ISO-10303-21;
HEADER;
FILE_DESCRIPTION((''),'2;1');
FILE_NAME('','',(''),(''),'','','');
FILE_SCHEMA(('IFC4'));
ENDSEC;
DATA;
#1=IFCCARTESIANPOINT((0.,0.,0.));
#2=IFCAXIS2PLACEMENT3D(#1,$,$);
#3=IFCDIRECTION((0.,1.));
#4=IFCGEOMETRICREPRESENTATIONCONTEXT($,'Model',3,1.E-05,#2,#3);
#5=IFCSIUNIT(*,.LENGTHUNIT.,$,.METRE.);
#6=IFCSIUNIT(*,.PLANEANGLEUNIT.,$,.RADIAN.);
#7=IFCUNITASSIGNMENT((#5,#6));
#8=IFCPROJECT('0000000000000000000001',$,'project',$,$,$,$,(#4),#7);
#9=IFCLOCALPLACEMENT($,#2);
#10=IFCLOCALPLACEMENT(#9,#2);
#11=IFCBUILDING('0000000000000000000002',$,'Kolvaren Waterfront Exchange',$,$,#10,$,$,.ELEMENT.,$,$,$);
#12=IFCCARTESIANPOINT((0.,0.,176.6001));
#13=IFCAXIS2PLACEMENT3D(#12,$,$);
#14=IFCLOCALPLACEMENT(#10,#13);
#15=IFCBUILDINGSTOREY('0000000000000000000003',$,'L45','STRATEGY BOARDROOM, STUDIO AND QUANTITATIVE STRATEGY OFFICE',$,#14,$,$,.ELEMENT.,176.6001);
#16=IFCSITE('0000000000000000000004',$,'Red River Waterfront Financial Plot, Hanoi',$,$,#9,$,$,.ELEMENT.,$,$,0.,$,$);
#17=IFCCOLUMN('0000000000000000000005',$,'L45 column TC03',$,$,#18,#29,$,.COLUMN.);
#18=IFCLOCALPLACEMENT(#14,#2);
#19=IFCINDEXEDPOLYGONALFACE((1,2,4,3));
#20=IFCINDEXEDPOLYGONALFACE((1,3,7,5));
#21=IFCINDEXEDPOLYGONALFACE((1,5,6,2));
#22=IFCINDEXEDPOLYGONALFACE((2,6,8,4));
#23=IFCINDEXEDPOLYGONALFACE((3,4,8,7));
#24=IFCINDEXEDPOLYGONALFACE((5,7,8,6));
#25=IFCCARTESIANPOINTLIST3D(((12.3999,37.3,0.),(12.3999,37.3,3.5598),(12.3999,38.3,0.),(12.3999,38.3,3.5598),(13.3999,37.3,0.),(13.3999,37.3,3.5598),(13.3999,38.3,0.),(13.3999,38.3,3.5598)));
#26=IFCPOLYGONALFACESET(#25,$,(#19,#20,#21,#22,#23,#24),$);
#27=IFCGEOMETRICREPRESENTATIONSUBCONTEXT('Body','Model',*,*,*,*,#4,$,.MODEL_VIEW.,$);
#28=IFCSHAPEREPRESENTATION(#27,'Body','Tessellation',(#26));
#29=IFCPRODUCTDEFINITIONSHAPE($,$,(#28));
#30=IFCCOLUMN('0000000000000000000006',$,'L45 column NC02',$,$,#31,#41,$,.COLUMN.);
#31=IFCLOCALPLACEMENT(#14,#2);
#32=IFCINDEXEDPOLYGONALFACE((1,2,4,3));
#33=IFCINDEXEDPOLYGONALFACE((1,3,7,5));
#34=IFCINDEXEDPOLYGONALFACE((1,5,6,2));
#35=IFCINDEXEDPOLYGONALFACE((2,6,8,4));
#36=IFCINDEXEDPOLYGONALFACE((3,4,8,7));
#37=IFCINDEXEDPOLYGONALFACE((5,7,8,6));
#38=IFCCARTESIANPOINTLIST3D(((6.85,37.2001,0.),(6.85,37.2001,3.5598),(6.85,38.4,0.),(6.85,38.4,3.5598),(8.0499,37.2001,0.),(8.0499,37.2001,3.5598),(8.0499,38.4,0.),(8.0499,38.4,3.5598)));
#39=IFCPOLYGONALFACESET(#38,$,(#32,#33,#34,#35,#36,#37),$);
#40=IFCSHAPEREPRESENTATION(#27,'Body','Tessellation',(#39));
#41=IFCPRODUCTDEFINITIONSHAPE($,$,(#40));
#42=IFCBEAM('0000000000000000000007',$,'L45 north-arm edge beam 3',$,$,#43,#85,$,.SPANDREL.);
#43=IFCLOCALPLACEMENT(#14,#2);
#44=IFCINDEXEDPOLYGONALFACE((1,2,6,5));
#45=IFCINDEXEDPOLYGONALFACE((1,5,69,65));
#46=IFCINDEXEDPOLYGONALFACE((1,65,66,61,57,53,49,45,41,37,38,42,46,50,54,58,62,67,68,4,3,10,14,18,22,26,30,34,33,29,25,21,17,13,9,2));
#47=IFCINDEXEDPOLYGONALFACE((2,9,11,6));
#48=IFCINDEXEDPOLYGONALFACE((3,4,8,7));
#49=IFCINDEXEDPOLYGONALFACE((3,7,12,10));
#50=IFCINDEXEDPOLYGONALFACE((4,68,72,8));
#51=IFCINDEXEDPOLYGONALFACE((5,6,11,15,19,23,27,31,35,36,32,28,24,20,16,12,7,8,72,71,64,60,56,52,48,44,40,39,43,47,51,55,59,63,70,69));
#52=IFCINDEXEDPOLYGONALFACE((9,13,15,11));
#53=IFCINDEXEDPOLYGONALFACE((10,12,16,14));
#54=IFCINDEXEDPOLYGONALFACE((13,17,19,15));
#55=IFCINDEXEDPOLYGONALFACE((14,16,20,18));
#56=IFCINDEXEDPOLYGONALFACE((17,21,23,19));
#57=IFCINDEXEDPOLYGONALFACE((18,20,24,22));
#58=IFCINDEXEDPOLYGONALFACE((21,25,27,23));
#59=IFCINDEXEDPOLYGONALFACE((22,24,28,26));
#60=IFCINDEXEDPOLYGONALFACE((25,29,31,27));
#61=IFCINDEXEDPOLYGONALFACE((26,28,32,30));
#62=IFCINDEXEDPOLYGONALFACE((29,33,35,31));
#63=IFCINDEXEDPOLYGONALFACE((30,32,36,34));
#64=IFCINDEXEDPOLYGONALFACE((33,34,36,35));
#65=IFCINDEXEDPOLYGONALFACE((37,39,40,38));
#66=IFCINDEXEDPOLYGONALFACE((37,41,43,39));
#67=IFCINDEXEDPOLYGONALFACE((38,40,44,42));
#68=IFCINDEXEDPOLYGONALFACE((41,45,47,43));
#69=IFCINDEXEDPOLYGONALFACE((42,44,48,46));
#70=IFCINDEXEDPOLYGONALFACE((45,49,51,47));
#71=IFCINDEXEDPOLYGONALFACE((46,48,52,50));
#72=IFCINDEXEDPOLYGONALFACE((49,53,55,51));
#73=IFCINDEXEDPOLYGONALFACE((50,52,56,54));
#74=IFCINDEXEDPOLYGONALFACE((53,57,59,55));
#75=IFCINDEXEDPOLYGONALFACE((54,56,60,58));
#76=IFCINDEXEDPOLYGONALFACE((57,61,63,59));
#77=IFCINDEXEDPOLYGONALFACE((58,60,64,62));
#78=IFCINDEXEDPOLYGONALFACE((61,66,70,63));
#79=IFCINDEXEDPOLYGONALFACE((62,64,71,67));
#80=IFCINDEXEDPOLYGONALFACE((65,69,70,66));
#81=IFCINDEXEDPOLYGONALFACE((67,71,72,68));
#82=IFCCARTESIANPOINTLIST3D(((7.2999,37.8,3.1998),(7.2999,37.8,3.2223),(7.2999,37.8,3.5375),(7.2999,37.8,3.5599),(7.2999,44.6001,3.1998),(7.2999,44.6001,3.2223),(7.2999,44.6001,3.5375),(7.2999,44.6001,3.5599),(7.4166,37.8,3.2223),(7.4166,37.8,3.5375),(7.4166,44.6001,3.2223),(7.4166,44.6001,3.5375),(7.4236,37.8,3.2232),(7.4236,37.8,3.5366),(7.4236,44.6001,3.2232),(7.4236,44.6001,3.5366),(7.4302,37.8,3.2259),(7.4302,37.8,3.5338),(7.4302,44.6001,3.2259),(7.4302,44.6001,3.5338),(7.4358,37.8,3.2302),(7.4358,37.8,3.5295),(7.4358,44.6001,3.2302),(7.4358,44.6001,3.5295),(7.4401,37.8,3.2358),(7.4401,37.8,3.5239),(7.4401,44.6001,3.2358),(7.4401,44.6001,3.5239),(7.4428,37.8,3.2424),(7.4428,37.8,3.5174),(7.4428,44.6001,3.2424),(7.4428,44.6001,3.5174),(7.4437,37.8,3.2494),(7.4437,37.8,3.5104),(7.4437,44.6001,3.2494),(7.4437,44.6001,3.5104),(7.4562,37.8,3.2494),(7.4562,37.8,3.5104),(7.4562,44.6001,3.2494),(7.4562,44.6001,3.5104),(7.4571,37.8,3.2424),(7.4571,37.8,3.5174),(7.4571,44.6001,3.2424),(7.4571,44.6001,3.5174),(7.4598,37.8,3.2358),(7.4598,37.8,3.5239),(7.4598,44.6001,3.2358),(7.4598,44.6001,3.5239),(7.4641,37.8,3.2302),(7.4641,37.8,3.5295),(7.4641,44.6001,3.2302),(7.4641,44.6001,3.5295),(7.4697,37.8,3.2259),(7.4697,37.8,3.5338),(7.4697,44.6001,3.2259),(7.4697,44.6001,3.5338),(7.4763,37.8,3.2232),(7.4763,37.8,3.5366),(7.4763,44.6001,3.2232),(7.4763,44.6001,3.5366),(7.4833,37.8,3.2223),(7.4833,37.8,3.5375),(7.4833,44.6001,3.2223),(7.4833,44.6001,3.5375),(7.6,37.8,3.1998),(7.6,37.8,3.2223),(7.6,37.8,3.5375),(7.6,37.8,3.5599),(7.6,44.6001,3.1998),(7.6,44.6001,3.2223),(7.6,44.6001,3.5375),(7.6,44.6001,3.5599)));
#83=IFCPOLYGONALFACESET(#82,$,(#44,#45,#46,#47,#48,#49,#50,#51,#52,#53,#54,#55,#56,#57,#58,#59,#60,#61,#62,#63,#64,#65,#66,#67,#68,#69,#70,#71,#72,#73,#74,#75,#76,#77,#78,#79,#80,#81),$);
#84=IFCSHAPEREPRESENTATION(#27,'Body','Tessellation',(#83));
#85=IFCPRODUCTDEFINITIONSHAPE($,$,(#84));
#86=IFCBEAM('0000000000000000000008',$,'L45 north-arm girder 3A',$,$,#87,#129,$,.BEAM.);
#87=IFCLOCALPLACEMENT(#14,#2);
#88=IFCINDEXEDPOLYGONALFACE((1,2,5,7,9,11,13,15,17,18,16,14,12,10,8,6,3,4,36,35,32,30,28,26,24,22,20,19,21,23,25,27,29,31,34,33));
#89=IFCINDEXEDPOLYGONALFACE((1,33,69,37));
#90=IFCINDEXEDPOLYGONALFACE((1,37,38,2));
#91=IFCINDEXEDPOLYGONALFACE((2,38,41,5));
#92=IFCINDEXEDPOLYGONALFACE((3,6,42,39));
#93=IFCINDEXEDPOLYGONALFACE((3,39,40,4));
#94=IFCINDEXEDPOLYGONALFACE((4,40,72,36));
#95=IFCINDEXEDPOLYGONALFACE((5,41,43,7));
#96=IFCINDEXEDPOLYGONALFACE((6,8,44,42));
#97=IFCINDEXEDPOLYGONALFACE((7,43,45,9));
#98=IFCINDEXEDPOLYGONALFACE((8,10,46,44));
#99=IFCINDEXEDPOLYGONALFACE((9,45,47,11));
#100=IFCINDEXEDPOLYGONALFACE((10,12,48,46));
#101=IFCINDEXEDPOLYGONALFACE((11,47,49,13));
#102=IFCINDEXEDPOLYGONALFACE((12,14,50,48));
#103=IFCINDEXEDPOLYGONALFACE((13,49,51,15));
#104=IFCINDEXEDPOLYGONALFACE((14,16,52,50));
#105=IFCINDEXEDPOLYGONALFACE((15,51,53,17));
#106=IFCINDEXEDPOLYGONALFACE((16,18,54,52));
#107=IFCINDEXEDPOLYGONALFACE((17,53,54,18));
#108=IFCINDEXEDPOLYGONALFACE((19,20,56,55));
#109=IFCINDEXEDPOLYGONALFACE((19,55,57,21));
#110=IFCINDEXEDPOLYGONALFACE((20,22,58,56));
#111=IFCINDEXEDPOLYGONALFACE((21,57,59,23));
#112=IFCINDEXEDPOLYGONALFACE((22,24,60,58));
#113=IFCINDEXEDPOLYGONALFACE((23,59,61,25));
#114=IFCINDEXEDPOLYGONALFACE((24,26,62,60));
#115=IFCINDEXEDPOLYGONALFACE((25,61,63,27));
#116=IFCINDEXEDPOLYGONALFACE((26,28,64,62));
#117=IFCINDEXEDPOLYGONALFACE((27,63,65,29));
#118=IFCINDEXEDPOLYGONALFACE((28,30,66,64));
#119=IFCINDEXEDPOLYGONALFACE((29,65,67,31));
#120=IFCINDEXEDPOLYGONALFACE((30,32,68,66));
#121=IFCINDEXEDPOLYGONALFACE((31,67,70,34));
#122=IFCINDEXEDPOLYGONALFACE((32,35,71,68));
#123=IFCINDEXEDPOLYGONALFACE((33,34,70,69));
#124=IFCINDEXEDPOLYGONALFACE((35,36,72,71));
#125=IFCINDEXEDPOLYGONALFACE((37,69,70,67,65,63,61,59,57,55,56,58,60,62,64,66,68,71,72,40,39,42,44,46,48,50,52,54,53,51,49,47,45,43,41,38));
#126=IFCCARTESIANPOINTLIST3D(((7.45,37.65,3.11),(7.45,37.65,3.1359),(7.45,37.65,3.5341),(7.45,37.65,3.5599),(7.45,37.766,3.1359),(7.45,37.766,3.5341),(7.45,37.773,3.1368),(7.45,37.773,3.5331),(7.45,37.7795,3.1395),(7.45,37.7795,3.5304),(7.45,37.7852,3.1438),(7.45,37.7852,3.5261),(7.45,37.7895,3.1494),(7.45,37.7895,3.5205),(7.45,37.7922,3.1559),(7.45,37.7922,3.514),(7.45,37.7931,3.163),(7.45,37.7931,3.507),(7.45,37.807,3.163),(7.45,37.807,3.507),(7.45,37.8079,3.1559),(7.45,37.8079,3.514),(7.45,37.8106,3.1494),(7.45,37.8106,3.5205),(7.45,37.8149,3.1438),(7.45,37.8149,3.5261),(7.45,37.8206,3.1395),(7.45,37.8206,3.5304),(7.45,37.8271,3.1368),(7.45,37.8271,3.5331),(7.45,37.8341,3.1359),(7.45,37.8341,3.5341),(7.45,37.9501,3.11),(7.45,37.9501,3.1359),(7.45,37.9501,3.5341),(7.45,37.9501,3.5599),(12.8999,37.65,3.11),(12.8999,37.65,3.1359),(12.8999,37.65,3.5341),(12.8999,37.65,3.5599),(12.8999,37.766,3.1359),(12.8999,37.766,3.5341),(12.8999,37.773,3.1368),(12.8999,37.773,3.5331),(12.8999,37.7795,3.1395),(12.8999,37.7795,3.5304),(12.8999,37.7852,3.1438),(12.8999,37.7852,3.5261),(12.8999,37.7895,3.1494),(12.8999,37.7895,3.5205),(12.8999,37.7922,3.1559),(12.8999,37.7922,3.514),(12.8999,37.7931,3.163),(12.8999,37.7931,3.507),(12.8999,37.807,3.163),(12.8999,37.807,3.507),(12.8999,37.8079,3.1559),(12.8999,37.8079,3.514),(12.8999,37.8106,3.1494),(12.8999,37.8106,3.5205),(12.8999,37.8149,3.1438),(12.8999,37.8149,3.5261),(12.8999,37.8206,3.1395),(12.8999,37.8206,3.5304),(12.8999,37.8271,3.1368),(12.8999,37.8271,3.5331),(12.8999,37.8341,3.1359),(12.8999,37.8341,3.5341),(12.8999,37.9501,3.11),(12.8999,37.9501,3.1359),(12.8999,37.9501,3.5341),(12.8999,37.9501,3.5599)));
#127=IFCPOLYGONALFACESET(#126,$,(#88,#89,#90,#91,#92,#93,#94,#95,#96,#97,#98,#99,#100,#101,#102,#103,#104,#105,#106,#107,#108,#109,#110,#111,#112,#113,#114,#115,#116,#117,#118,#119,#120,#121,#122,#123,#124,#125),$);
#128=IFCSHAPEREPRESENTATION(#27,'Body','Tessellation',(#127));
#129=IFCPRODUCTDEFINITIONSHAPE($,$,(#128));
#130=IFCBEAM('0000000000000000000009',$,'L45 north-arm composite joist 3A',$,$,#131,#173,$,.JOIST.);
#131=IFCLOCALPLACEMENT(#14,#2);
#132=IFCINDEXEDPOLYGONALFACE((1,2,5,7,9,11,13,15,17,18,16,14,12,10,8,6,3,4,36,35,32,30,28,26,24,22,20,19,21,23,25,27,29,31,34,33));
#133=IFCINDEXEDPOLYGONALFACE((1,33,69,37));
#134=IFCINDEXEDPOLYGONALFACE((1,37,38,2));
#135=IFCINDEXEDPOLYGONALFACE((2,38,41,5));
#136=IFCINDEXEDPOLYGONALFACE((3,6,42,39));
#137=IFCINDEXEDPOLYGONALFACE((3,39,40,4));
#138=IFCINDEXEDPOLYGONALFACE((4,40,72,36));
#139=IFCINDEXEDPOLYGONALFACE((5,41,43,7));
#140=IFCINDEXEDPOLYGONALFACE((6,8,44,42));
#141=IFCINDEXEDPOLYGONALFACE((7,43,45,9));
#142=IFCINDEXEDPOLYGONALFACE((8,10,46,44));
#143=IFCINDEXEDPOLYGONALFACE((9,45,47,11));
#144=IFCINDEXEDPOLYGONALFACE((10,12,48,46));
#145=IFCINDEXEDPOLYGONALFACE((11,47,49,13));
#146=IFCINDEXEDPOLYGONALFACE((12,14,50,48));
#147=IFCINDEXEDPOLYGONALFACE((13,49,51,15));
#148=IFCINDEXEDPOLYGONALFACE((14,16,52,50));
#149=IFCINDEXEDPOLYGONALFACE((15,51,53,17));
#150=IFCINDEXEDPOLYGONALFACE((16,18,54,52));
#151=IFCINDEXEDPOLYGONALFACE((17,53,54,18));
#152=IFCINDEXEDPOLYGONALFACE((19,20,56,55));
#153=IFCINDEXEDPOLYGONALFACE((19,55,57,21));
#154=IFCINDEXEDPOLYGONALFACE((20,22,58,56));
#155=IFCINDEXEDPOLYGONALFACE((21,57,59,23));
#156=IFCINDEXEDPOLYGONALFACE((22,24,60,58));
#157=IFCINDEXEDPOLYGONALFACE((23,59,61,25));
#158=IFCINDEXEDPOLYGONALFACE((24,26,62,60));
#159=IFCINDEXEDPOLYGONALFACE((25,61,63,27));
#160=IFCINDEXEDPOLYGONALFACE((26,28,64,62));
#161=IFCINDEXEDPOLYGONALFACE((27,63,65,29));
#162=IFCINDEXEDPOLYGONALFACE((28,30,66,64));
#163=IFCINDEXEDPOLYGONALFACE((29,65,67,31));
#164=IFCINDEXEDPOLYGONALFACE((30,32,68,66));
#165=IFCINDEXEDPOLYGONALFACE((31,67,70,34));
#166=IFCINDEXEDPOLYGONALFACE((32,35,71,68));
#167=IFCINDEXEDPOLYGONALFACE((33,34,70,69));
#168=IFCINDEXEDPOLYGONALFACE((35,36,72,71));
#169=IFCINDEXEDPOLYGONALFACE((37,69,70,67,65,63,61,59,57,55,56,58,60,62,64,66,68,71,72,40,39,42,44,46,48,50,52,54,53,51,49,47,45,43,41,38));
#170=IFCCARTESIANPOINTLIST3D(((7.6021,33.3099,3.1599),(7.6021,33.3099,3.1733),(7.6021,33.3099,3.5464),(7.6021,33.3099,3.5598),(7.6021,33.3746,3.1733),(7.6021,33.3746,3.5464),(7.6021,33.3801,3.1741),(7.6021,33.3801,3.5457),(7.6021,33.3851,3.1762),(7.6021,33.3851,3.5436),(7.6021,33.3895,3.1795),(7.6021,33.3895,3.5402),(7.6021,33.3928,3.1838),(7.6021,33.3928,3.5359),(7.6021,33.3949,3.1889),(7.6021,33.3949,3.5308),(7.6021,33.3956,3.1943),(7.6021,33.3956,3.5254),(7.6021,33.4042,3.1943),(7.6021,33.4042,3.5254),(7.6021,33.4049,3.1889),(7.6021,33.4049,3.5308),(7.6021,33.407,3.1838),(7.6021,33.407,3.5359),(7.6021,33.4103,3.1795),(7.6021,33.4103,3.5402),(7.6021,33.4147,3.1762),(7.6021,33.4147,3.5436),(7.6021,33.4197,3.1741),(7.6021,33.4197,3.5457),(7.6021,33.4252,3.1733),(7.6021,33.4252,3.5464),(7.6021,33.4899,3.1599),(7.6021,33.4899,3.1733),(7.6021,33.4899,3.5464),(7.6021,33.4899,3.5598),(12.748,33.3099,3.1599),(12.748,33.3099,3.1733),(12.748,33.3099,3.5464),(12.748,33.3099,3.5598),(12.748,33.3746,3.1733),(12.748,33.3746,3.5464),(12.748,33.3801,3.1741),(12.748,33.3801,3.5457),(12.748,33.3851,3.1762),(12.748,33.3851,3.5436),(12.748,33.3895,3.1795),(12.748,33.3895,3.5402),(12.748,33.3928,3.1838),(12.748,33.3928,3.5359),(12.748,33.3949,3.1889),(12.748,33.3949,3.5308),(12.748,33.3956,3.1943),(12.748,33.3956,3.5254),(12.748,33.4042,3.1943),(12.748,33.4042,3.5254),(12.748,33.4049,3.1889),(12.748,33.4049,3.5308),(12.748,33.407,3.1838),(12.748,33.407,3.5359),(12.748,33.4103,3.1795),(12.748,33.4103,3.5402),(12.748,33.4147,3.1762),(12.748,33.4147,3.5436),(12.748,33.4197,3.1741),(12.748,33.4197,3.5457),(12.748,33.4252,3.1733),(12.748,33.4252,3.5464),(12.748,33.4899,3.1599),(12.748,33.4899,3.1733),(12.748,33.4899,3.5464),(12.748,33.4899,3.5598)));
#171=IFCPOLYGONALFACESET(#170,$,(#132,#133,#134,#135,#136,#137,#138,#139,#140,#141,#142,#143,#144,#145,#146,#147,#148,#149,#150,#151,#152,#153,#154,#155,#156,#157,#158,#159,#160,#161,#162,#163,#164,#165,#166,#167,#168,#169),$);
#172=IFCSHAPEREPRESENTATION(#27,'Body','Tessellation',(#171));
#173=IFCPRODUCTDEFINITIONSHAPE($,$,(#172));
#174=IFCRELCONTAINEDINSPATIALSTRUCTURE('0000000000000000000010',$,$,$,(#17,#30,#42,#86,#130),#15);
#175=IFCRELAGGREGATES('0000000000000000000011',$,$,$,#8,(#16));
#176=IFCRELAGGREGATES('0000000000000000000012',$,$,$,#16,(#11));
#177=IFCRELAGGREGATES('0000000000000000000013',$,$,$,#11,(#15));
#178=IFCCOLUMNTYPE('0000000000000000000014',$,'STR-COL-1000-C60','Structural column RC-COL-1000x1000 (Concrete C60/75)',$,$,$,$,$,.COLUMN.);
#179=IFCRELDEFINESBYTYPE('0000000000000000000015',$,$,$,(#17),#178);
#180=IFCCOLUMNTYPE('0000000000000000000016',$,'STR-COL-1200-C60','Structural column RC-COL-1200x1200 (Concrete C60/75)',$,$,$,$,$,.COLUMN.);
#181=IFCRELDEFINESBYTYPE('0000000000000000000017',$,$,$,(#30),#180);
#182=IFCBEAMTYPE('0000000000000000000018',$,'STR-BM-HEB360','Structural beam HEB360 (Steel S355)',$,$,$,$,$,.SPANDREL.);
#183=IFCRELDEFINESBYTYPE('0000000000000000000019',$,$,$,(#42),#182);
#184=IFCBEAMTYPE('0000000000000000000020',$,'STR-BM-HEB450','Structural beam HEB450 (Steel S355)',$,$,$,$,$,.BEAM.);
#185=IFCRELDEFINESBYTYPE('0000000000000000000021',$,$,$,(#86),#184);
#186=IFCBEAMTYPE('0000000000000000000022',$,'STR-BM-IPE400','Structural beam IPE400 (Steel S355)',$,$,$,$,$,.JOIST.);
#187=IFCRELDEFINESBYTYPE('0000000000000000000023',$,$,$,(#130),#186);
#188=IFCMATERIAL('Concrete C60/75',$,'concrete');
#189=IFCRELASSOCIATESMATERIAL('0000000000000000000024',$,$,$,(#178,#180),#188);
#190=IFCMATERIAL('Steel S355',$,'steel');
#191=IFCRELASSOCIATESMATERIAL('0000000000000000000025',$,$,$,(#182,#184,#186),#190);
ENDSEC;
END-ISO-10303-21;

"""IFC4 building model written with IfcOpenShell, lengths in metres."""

from ifc_helpers import new_model, si_unit, direction, frame, origin, origin_2d, place, context, subcontext, project, spatial, rectangle, i_section, extrude, material, material_profile, profile_set, type_object, element, save


model = new_model("IFC4")

# Units and contexts
model_context = context("Model", 3, precision=1e-05, world=origin(), true_north=direction((0.0, 1.0)))
body_context = subcontext(model_context, "Body", "Model", "MODEL_VIEW")
ifc_project = project(units=[si_unit("LENGTHUNIT", "METRE"), si_unit("PLANEANGLEUNIT", "RADIAN")], contexts=[model_context])

# Site, building, storey
site_placement = place(None, origin())
site = spatial("IfcSite", under=ifc_project, at=site_placement, Name="Red River Waterfront Financial Plot, Hanoi", CompositionType="ELEMENT", RefElevation=0.0)
building_placement = place(site_placement, origin())
building = spatial("IfcBuilding", under=site, at=building_placement, Name="Kolvaren Waterfront Exchange", CompositionType="ELEMENT")
storey_placement = place(building_placement, frame((0.0, 0.0, 176.6001)))
storey = spatial("IfcBuildingStorey", under=building, at=storey_placement, Name="L45", Description="STRATEGY BOARDROOM, STUDIO AND QUANTITATIVE STRATEGY OFFICE", CompositionType="ELEMENT", Elevation=176.6001)

# Columns
ifc_material_1 = material(Name="Concrete C60/75", Category="concrete")
ifc_material_profile_1 = material_profile(ifc_material_1, rectangle(XDim=1.0, YDim=1.0, at=origin_2d()), Name="RC-COL-1000x1000")
ifc_profile_set_1 = profile_set([ifc_material_profile_1], Name="Concrete C60/75")
column_type_1 = type_object("IfcColumnType", Name="STR-COL-1000-C60", Description="Structural column RC-COL-1000x1000 (Concrete C60/75)", PredefinedType="COLUMN", material=ifc_profile_set_1)
column_1_placement = place(storey_placement, frame((12.8999, 37.8, 0.0), z_axis=(0.0, 0.0, 1.0), x_axis=(1.0, 0.0, 0.0)))
element("IfcColumn", 1, at=column_1_placement, inside=storey, type_object=column_type_1, Name="L45 column TC03", PredefinedType="COLUMN", context=body_context, shape_type="SweptSolid", body=[
    extrude(rectangle(XDim=1.0, YDim=1.0, at=origin_2d()), origin(), (0.0, 0.0, 1.0), 3.5598),
])
ifc_material_profile_2 = material_profile(ifc_material_1, rectangle(XDim=1.2, YDim=1.2, at=origin_2d()), Name="RC-COL-1200x1200")
ifc_profile_set_2 = profile_set([ifc_material_profile_2], Name="Concrete C60/75")
column_type_2 = type_object("IfcColumnType", Name="STR-COL-1200-C60", Description="Structural column RC-COL-1200x1200 (Concrete C60/75)", PredefinedType="COLUMN", material=ifc_profile_set_2)
column_2_placement = place(storey_placement, frame((7.45, 37.8, 0.0), z_axis=(0.0, 0.0, 1.0), x_axis=(1.0, 0.0, 0.0)))
element("IfcColumn", 2, at=column_2_placement, inside=storey, type_object=column_type_2, Name="L45 column NC02", PredefinedType="COLUMN", context=body_context, shape_type="SweptSolid", body=[
    extrude(rectangle(XDim=1.2, YDim=1.2, at=origin_2d()), origin(), (0.0, 0.0, 1.0), 3.5598),
])

# Beams
ifc_material_2 = material(Name="Steel S355", Category="steel")
ifc_material_profile_3 = material_profile(ifc_material_2, i_section(OverallWidth=0.3, OverallDepth=0.3601, WebThickness=0.0125, FlangeThickness=0.0225, FilletRadius=0.0271, at=origin_2d()), Name="HEB360")
ifc_profile_set_3 = profile_set([ifc_material_profile_3], Name="Steel S355")
beam_type_1 = type_object("IfcBeamType", Name="STR-BM-HEB360", Description="Structural beam HEB360 (Steel S355)", PredefinedType="SPANDREL", material=ifc_profile_set_3)
beam_1_placement = place(storey_placement, frame((7.45, 37.8, 3.3799), z_axis=(0.0, 1.0, 0.0), x_axis=(-1.0, 0.0, 0.0)))
element("IfcBeam", 3, at=beam_1_placement, inside=storey, type_object=beam_type_1, Name="L45 north-arm edge beam 3", PredefinedType="SPANDREL", context=body_context, shape_type="SweptSolid", body=[
    extrude(i_section(OverallWidth=0.3, OverallDepth=0.3601, WebThickness=0.0125, FlangeThickness=0.0225, FilletRadius=0.0271, at=origin_2d()), origin(), (0.0, 0.0, 1.0), 6.8),
])
ifc_material_profile_4 = material_profile(ifc_material_2, i_section(OverallWidth=0.3, OverallDepth=0.45, WebThickness=0.0139, FlangeThickness=0.0259, FilletRadius=0.0271, at=origin_2d()), Name="HEB450")
ifc_profile_set_4 = profile_set([ifc_material_profile_4], Name="Steel S355")
beam_type_2 = type_object("IfcBeamType", Name="STR-BM-HEB450", Description="Structural beam HEB450 (Steel S355)", PredefinedType="BEAM", material=ifc_profile_set_4)
beam_2_placement = place(storey_placement, frame((7.45, 37.8, 3.335), z_axis=(1.0, 0.0, 0.0), x_axis=(0.0, 1.0, 0.0)))
element("IfcBeam", 4, at=beam_2_placement, inside=storey, type_object=beam_type_2, Name="L45 north-arm girder 3A", PredefinedType="BEAM", context=body_context, shape_type="SweptSolid", body=[
    extrude(i_section(OverallWidth=0.3, OverallDepth=0.45, WebThickness=0.0139, FlangeThickness=0.0259, FilletRadius=0.0271, at=origin_2d()), origin(), (0.0, 0.0, 1.0), 5.45),
])
ifc_material_profile_5 = material_profile(ifc_material_2, i_section(OverallWidth=0.1799, OverallDepth=0.3999, WebThickness=0.0085, FlangeThickness=0.0134, FilletRadius=0.021, at=origin_2d()), Name="IPE400")
ifc_profile_set_5 = profile_set([ifc_material_profile_5], Name="Steel S355")
beam_type_3 = type_object("IfcBeamType", Name="STR-BM-IPE400", Description="Structural beam IPE400 (Steel S355)", PredefinedType="JOIST", material=ifc_profile_set_5)
beam_3_placement = place(storey_placement, frame((7.6021, 33.3999, 3.3599), z_axis=(1.0, 0.0, 0.0), x_axis=(0.0, 1.0, 0.0)))
element("IfcBeam", 5, at=beam_3_placement, inside=storey, type_object=beam_type_3, Name="L45 north-arm composite joist 3A", PredefinedType="JOIST", context=body_context, shape_type="SweptSolid", body=[
    extrude(i_section(OverallWidth=0.1799, OverallDepth=0.3999, WebThickness=0.0085, FlangeThickness=0.0134, FilletRadius=0.021, at=origin_2d()), origin(), (0.0, 0.0, 1.0), 5.146),
])

save(model, "model.ifc")
